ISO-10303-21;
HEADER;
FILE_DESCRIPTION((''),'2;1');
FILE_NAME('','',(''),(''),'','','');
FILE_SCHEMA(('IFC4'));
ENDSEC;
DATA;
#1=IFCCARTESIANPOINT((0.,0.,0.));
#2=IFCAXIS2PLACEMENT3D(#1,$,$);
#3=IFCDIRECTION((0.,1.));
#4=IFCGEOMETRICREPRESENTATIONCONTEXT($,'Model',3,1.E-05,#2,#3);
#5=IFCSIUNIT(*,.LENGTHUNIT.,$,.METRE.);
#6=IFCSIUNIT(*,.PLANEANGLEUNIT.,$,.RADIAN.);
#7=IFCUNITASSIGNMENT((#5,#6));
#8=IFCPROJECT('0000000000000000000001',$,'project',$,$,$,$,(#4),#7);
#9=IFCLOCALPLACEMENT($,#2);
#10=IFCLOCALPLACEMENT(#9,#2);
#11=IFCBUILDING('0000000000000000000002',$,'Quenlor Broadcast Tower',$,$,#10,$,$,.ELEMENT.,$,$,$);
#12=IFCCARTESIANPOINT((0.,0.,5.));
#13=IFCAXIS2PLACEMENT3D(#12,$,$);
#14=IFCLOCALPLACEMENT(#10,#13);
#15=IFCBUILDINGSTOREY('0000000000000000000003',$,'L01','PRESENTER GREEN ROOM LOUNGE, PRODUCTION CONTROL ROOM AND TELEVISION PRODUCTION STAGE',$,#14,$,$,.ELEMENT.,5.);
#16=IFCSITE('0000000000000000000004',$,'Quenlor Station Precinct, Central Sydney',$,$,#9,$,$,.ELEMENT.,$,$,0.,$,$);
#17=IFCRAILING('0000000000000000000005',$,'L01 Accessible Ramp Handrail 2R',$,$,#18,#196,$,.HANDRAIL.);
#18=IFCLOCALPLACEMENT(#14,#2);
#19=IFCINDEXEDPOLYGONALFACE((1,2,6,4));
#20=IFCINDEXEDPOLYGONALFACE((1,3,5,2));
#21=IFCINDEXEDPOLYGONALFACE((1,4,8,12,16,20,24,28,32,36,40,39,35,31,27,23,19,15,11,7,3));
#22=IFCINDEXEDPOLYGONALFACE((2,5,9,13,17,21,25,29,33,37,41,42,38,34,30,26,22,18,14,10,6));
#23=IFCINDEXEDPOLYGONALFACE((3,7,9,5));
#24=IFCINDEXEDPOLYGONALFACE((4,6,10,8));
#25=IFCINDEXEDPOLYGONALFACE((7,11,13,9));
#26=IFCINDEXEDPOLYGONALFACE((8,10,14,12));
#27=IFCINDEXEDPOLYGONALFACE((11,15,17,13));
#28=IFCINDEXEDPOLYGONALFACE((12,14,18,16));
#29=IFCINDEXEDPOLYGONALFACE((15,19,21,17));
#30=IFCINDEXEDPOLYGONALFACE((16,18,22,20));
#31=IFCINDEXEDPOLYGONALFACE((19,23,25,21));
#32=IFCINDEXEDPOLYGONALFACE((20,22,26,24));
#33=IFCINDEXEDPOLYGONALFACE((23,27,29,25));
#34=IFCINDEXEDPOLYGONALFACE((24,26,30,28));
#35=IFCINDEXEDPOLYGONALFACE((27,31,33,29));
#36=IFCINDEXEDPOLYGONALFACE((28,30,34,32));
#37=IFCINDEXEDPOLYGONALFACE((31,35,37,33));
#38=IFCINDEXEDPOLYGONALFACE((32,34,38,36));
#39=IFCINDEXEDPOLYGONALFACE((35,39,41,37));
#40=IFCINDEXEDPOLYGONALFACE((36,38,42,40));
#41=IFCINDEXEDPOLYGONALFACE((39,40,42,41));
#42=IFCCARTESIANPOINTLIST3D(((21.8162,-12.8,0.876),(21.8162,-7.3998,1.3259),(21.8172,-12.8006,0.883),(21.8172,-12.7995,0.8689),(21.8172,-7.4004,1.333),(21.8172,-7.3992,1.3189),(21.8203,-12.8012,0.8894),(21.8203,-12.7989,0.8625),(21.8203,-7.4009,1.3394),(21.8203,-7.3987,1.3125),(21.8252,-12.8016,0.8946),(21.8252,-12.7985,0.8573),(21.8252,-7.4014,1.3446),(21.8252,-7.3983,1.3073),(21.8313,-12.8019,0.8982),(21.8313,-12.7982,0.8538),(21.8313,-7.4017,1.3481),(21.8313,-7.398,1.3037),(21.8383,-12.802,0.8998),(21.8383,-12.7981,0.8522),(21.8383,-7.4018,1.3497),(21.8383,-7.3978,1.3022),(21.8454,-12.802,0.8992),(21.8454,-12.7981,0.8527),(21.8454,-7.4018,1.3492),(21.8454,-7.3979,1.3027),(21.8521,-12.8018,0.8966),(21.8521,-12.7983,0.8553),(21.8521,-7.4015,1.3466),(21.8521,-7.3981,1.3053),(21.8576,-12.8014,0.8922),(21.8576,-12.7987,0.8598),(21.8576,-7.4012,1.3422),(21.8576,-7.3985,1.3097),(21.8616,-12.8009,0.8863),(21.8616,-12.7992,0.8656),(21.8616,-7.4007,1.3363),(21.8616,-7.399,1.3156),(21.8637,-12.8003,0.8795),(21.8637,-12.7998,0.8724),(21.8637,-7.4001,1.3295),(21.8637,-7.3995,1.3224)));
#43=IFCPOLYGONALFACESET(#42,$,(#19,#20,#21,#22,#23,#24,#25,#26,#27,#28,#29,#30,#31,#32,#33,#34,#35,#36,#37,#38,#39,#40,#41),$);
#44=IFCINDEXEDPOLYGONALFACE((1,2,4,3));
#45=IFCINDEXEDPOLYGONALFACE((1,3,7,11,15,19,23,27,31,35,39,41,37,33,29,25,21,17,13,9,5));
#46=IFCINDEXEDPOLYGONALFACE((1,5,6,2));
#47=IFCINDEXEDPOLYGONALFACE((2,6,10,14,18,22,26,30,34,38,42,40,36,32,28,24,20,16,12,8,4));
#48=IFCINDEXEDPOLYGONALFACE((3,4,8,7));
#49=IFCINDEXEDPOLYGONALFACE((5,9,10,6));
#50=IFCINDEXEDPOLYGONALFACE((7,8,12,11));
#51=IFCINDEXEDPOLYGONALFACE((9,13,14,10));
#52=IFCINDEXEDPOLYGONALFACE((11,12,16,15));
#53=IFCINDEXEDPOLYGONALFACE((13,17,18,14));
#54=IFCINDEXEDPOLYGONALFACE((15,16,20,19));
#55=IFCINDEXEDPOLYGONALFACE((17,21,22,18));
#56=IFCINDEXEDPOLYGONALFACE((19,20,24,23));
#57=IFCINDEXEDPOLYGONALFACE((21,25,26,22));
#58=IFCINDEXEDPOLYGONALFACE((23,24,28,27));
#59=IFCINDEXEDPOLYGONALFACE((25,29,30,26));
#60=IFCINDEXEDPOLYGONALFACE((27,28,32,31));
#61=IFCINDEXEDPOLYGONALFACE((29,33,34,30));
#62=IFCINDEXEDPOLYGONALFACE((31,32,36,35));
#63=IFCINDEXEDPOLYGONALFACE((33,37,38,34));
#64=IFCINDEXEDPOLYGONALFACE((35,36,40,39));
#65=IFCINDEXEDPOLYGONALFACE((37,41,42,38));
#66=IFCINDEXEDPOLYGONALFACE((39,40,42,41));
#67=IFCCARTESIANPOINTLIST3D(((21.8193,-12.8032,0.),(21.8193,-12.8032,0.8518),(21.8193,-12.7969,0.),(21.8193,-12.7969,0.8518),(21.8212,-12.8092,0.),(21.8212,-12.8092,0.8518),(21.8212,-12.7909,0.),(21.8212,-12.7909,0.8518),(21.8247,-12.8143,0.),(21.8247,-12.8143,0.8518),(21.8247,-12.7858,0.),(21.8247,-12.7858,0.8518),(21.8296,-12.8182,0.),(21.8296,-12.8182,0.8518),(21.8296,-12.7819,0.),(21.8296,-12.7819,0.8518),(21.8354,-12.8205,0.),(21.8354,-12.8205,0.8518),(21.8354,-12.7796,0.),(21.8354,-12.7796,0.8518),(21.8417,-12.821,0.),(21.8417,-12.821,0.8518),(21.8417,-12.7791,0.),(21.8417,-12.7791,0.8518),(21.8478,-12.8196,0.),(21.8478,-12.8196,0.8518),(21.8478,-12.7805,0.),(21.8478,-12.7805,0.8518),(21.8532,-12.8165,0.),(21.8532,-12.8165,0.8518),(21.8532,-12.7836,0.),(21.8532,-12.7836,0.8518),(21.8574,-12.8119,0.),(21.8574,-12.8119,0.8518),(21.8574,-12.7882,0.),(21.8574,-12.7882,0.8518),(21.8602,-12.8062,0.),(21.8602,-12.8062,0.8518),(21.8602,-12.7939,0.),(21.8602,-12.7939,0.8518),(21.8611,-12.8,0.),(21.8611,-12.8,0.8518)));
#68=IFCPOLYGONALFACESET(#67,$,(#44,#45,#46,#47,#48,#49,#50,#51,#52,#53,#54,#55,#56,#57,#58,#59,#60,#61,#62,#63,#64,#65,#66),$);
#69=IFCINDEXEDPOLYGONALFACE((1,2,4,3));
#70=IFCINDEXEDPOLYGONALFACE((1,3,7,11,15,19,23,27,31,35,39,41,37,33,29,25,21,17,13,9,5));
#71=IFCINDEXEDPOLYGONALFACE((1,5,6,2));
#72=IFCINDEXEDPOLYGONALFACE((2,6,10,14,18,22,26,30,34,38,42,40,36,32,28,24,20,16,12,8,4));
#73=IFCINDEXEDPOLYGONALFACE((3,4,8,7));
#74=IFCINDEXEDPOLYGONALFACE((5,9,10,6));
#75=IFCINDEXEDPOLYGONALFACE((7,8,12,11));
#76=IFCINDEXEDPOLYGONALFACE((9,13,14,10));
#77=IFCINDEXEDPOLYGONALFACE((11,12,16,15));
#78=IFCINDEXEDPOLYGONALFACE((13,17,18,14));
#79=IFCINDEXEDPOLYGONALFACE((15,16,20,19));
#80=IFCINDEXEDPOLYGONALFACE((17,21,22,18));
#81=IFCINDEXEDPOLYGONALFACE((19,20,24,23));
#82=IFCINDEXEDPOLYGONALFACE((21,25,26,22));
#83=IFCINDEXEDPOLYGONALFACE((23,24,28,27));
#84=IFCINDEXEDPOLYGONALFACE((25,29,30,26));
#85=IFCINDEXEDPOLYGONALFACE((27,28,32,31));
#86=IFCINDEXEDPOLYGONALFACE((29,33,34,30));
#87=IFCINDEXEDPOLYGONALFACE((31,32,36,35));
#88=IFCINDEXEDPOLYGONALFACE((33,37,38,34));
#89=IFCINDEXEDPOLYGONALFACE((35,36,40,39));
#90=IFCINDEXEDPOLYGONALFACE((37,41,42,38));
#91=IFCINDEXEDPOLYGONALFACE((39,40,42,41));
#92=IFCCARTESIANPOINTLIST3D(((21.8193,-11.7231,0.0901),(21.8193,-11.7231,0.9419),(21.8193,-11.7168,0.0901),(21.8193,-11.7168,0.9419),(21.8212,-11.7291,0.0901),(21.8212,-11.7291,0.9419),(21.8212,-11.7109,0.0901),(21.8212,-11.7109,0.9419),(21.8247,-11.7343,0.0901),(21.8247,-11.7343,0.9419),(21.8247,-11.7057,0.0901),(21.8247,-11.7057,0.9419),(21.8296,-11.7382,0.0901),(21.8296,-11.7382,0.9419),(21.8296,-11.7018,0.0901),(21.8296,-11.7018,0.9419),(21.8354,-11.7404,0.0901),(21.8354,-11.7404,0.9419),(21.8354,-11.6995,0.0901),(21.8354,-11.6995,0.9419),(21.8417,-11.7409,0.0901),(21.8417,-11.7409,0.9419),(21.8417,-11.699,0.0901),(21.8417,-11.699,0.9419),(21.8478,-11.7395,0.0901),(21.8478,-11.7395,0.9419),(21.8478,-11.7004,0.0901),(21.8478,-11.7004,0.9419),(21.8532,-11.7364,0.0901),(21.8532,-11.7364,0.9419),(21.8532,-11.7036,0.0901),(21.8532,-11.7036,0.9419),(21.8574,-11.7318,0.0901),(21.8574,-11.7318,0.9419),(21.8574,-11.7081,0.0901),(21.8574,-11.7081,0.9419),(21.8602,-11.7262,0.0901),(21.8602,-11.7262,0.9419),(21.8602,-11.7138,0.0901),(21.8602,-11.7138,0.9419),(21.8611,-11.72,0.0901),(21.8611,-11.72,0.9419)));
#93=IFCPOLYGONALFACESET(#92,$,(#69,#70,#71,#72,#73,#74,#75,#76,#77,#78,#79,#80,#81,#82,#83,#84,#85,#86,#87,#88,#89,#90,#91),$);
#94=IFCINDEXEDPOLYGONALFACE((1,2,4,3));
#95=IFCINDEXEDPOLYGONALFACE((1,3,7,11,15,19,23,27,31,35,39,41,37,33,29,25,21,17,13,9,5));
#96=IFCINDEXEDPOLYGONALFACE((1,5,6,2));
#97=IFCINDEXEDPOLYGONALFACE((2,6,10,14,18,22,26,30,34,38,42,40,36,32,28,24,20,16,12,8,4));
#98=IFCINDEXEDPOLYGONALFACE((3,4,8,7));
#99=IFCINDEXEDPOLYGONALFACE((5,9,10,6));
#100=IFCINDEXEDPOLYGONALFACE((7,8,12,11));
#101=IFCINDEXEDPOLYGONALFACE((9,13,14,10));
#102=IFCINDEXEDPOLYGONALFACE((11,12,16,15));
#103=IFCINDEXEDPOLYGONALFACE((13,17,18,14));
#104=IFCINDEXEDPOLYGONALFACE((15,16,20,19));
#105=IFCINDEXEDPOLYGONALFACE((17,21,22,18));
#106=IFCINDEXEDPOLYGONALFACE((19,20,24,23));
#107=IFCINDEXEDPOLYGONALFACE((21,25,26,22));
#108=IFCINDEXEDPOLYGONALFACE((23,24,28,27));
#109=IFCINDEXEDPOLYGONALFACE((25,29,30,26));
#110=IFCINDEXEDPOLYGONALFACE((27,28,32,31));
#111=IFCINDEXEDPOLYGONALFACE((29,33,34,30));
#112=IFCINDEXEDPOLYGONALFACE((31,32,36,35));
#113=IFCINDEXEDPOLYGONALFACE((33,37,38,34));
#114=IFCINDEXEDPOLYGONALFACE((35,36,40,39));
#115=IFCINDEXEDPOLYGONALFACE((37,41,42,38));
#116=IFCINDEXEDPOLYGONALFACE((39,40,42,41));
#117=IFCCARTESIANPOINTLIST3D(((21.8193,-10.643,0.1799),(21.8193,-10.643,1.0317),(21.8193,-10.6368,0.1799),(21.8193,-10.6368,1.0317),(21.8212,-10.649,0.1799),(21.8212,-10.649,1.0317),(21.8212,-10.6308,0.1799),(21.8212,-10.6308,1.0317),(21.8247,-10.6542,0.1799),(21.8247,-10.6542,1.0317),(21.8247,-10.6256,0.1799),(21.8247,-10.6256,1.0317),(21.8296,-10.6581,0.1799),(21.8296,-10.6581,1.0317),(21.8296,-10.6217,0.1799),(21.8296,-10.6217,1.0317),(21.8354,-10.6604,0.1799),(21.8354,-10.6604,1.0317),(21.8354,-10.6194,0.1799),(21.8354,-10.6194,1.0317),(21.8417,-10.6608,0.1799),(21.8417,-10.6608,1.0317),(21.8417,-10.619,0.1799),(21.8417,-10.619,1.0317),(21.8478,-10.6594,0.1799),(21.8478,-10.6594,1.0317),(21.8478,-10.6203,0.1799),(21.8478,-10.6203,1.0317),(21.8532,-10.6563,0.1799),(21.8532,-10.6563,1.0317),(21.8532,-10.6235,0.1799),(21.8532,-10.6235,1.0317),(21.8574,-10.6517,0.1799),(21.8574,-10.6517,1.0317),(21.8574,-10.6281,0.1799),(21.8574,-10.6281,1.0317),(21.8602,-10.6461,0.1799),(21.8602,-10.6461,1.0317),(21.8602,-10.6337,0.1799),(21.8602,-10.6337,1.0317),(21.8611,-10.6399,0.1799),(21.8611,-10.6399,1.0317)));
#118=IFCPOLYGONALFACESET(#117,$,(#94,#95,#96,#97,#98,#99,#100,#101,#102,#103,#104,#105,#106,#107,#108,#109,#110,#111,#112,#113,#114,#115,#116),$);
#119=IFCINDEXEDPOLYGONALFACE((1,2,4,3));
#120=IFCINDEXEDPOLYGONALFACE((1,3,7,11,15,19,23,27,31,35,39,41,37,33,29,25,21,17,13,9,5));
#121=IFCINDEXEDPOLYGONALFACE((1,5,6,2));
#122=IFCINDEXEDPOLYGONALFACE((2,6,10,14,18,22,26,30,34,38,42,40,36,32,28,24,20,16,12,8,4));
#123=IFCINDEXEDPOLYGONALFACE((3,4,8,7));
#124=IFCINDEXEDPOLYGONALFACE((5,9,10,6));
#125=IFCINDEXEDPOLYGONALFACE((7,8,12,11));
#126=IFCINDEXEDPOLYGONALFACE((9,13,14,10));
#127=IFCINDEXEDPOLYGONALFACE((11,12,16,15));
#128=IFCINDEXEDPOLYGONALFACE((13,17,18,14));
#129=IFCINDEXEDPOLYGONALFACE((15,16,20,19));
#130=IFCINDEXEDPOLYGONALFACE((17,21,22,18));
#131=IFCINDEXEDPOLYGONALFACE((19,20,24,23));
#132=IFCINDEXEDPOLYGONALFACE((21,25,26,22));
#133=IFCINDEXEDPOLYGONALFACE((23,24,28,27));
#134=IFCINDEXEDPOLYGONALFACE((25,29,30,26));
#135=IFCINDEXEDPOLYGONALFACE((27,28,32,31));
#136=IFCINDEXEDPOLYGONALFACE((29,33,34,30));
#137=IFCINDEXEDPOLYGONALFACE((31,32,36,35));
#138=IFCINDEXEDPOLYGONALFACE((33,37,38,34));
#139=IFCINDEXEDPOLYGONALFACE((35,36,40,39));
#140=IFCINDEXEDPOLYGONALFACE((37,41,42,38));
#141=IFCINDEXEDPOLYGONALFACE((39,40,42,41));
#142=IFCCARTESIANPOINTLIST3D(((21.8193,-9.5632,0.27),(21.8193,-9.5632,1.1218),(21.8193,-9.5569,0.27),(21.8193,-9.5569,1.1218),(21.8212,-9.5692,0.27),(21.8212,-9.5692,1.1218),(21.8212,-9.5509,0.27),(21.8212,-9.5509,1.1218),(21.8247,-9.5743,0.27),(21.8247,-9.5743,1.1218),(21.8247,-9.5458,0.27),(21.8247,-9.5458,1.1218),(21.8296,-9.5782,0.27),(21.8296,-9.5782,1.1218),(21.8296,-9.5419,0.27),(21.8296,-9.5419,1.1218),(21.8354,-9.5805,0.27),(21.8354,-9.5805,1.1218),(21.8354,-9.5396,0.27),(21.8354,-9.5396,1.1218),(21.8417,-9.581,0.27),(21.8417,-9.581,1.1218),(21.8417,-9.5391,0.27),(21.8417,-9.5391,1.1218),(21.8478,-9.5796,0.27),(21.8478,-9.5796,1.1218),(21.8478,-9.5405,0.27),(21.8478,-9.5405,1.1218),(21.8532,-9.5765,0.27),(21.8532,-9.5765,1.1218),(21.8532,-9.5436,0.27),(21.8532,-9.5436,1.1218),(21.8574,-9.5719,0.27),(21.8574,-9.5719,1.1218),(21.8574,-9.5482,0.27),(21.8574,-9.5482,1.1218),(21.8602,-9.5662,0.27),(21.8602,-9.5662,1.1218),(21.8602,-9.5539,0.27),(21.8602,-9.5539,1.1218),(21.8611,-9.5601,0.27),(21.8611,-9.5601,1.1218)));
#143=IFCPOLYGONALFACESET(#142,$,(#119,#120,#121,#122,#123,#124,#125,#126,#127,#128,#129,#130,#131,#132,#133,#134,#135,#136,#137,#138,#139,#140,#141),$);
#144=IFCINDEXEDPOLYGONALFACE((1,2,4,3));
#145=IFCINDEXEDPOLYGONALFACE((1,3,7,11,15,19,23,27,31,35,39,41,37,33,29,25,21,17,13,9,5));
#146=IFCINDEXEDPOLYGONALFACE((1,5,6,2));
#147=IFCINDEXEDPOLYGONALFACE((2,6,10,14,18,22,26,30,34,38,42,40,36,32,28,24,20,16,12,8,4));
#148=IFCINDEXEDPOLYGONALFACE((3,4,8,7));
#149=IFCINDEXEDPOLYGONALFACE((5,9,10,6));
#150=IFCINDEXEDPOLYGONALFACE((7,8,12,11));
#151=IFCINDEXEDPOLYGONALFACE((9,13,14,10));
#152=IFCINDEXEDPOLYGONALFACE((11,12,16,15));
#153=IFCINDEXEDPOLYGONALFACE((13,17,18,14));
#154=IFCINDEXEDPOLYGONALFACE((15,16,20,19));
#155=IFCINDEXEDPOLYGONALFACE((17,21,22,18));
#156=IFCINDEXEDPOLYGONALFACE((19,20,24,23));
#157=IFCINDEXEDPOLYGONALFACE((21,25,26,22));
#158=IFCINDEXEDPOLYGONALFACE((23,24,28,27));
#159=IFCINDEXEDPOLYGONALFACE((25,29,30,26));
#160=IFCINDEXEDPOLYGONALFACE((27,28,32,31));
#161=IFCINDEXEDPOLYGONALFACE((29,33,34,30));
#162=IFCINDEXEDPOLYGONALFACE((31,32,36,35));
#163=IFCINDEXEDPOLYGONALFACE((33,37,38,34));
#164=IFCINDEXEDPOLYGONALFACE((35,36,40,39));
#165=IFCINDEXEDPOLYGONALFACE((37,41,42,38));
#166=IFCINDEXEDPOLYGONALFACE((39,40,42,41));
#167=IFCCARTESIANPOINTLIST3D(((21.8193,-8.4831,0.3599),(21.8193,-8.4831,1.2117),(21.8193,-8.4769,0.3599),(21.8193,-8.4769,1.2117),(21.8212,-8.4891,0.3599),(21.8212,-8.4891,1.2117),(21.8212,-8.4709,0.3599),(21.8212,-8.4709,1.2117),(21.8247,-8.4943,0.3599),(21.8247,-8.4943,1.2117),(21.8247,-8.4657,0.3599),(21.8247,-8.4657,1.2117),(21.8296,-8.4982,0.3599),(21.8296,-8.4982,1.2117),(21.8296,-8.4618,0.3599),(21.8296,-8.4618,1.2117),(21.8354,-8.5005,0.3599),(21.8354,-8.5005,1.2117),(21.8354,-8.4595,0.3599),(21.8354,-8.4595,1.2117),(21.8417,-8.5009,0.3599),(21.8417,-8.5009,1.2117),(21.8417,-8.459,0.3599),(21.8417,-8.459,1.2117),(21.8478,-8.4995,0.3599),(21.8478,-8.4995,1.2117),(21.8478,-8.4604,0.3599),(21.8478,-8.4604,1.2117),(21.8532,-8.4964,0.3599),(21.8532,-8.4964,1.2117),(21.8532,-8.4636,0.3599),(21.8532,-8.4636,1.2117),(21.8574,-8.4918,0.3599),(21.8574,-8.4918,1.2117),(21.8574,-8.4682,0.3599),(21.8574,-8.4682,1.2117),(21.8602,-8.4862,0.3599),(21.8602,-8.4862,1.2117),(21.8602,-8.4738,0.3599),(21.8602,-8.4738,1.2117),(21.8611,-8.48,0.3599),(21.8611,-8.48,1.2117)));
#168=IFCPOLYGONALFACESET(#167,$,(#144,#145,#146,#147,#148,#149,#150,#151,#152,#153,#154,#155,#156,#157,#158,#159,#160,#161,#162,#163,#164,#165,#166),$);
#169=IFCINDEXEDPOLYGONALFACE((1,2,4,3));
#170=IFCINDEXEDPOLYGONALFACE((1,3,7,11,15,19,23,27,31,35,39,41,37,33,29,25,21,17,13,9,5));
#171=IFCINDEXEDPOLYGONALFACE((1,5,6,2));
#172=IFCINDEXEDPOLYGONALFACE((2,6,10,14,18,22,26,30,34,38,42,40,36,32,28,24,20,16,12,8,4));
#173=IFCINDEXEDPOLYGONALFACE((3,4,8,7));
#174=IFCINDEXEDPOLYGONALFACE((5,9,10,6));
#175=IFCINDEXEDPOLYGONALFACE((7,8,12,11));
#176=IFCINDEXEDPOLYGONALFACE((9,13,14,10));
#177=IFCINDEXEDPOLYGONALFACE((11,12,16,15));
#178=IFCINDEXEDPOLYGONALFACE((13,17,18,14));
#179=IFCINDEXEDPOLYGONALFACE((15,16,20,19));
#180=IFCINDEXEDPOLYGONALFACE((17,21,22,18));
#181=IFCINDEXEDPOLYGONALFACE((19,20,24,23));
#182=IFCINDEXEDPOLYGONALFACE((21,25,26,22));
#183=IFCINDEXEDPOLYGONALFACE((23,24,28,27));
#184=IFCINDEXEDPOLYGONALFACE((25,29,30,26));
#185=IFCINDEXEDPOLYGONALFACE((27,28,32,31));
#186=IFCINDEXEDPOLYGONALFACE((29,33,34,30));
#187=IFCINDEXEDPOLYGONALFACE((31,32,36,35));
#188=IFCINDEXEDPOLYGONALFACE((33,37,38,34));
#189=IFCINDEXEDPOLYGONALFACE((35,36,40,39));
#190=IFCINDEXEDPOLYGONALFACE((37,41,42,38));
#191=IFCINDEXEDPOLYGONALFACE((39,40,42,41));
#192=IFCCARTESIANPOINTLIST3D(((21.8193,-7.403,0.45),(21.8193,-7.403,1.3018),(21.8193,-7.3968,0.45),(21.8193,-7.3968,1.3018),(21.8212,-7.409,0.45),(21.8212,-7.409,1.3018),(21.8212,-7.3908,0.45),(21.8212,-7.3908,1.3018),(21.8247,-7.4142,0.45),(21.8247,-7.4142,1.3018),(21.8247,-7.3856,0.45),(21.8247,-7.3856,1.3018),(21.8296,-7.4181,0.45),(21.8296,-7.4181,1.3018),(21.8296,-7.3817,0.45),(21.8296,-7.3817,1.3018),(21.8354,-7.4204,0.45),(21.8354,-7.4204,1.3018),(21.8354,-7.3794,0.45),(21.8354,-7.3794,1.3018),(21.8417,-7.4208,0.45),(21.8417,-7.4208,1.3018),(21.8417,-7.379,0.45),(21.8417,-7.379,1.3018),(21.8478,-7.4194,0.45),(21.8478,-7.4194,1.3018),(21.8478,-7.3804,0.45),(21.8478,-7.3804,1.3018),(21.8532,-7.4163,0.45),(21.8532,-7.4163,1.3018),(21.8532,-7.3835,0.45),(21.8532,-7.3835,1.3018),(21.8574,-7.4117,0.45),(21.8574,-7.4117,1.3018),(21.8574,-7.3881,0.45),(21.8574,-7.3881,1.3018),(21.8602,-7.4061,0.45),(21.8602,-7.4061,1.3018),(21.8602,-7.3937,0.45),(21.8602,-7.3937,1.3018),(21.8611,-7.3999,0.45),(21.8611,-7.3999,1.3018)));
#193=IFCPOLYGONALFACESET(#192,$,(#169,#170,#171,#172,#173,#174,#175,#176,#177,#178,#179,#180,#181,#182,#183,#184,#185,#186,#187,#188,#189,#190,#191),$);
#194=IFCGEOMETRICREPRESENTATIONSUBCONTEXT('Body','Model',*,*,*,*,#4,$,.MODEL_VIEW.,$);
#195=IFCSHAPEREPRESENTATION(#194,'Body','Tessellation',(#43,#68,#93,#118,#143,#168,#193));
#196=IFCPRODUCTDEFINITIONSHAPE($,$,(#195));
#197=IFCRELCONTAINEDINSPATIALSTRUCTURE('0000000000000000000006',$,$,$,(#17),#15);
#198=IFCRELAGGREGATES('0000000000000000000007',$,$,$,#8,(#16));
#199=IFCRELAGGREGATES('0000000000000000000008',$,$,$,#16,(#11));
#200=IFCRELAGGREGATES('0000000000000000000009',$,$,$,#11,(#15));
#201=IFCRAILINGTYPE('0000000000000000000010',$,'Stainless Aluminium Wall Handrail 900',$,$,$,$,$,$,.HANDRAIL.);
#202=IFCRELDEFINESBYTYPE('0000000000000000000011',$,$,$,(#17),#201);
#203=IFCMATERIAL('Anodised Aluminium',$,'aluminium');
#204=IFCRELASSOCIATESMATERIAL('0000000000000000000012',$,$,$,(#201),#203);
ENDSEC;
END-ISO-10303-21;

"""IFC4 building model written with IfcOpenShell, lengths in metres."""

from ifc_helpers import new_model, si_unit, direction, frame, origin, origin_2d, place, context, subcontext, project, spatial, circle, extrude, material, type_object, element, save


model = new_model("IFC4")

# Units and contexts
model_context = context("Model", 3, precision=1e-05, world=origin(), true_north=direction((0.0, 1.0)))
body_context = subcontext(model_context, "Body", "Model", "MODEL_VIEW")
ifc_project = project(units=[si_unit("LENGTHUNIT", "METRE"), si_unit("PLANEANGLEUNIT", "RADIAN")], contexts=[model_context])

# Site, building, storey
site_placement = place(None, origin())
site = spatial("IfcSite", under=ifc_project, at=site_placement, Name="Quenlor Station Precinct, Central Sydney", CompositionType="ELEMENT", RefElevation=0.0)
building_placement = place(site_placement, origin())
building = spatial("IfcBuilding", under=site, at=building_placement, Name="Quenlor Broadcast Tower", CompositionType="ELEMENT")
storey_placement = place(building_placement, frame((0.0, 0.0, 5.0)))
storey = spatial("IfcBuildingStorey", under=building, at=storey_placement, Name="L01", Description="PRESENTER GREEN ROOM LOUNGE, PRODUCTION CONTROL ROOM AND TELEVISION PRODUCTION STAGE", CompositionType="ELEMENT", Elevation=5.0)

# Railing
ifc_material_1 = material(Name="Anodised Aluminium", Category="aluminium")
railing_type = type_object("IfcRailingType", Name="Stainless Aluminium Wall Handrail 900", PredefinedType="HANDRAIL", material=ifc_material_1)
for number, where, name in (
    (1, (21.8401, -12.8, 0.0), "L01 Accessible Ramp Handrail 2R"),
):
    element("IfcRailing", number, at=place(storey_placement, frame(where)), inside=storey, type_object=railing_type, Name=name, PredefinedType="HANDRAIL", context=body_context, shape_type="SweptSolid", body=[
        extrude(circle(Radius=0.0239, at=origin_2d()), frame((0.0, 0.0, 0.876), z_axis=(0.0, 0.996547, 0.083034), x_axis=(-1.0, 0.0, 0.0)), (0.0, 0.0, 1.0), 5.4189),
        extrude(circle(Radius=0.021, at=origin_2d()), origin(), (0.0, 0.0, 1.0), 0.8518),
        extrude(circle(Radius=0.021, at=origin_2d()), frame((0.0, 1.0801, 0.0901)), (0.0, 0.0, 1.0), 0.8518),
        extrude(circle(Radius=0.021, at=origin_2d()), frame((0.0, 2.1602, 0.1799)), (0.0, 0.0, 1.0), 0.8518),
        extrude(circle(Radius=0.021, at=origin_2d()), frame((0.0, 3.24, 0.27)), (0.0, 0.0, 1.0), 0.8518),
        extrude(circle(Radius=0.021, at=origin_2d()), frame((0.0, 4.3201, 0.3599)), (0.0, 0.0, 1.0), 0.8518),
        extrude(circle(Radius=0.021, at=origin_2d()), frame((0.0, 5.4001, 0.45)), (0.0, 0.0, 1.0), 0.8518),
    ])

save(model, "model.ifc")
